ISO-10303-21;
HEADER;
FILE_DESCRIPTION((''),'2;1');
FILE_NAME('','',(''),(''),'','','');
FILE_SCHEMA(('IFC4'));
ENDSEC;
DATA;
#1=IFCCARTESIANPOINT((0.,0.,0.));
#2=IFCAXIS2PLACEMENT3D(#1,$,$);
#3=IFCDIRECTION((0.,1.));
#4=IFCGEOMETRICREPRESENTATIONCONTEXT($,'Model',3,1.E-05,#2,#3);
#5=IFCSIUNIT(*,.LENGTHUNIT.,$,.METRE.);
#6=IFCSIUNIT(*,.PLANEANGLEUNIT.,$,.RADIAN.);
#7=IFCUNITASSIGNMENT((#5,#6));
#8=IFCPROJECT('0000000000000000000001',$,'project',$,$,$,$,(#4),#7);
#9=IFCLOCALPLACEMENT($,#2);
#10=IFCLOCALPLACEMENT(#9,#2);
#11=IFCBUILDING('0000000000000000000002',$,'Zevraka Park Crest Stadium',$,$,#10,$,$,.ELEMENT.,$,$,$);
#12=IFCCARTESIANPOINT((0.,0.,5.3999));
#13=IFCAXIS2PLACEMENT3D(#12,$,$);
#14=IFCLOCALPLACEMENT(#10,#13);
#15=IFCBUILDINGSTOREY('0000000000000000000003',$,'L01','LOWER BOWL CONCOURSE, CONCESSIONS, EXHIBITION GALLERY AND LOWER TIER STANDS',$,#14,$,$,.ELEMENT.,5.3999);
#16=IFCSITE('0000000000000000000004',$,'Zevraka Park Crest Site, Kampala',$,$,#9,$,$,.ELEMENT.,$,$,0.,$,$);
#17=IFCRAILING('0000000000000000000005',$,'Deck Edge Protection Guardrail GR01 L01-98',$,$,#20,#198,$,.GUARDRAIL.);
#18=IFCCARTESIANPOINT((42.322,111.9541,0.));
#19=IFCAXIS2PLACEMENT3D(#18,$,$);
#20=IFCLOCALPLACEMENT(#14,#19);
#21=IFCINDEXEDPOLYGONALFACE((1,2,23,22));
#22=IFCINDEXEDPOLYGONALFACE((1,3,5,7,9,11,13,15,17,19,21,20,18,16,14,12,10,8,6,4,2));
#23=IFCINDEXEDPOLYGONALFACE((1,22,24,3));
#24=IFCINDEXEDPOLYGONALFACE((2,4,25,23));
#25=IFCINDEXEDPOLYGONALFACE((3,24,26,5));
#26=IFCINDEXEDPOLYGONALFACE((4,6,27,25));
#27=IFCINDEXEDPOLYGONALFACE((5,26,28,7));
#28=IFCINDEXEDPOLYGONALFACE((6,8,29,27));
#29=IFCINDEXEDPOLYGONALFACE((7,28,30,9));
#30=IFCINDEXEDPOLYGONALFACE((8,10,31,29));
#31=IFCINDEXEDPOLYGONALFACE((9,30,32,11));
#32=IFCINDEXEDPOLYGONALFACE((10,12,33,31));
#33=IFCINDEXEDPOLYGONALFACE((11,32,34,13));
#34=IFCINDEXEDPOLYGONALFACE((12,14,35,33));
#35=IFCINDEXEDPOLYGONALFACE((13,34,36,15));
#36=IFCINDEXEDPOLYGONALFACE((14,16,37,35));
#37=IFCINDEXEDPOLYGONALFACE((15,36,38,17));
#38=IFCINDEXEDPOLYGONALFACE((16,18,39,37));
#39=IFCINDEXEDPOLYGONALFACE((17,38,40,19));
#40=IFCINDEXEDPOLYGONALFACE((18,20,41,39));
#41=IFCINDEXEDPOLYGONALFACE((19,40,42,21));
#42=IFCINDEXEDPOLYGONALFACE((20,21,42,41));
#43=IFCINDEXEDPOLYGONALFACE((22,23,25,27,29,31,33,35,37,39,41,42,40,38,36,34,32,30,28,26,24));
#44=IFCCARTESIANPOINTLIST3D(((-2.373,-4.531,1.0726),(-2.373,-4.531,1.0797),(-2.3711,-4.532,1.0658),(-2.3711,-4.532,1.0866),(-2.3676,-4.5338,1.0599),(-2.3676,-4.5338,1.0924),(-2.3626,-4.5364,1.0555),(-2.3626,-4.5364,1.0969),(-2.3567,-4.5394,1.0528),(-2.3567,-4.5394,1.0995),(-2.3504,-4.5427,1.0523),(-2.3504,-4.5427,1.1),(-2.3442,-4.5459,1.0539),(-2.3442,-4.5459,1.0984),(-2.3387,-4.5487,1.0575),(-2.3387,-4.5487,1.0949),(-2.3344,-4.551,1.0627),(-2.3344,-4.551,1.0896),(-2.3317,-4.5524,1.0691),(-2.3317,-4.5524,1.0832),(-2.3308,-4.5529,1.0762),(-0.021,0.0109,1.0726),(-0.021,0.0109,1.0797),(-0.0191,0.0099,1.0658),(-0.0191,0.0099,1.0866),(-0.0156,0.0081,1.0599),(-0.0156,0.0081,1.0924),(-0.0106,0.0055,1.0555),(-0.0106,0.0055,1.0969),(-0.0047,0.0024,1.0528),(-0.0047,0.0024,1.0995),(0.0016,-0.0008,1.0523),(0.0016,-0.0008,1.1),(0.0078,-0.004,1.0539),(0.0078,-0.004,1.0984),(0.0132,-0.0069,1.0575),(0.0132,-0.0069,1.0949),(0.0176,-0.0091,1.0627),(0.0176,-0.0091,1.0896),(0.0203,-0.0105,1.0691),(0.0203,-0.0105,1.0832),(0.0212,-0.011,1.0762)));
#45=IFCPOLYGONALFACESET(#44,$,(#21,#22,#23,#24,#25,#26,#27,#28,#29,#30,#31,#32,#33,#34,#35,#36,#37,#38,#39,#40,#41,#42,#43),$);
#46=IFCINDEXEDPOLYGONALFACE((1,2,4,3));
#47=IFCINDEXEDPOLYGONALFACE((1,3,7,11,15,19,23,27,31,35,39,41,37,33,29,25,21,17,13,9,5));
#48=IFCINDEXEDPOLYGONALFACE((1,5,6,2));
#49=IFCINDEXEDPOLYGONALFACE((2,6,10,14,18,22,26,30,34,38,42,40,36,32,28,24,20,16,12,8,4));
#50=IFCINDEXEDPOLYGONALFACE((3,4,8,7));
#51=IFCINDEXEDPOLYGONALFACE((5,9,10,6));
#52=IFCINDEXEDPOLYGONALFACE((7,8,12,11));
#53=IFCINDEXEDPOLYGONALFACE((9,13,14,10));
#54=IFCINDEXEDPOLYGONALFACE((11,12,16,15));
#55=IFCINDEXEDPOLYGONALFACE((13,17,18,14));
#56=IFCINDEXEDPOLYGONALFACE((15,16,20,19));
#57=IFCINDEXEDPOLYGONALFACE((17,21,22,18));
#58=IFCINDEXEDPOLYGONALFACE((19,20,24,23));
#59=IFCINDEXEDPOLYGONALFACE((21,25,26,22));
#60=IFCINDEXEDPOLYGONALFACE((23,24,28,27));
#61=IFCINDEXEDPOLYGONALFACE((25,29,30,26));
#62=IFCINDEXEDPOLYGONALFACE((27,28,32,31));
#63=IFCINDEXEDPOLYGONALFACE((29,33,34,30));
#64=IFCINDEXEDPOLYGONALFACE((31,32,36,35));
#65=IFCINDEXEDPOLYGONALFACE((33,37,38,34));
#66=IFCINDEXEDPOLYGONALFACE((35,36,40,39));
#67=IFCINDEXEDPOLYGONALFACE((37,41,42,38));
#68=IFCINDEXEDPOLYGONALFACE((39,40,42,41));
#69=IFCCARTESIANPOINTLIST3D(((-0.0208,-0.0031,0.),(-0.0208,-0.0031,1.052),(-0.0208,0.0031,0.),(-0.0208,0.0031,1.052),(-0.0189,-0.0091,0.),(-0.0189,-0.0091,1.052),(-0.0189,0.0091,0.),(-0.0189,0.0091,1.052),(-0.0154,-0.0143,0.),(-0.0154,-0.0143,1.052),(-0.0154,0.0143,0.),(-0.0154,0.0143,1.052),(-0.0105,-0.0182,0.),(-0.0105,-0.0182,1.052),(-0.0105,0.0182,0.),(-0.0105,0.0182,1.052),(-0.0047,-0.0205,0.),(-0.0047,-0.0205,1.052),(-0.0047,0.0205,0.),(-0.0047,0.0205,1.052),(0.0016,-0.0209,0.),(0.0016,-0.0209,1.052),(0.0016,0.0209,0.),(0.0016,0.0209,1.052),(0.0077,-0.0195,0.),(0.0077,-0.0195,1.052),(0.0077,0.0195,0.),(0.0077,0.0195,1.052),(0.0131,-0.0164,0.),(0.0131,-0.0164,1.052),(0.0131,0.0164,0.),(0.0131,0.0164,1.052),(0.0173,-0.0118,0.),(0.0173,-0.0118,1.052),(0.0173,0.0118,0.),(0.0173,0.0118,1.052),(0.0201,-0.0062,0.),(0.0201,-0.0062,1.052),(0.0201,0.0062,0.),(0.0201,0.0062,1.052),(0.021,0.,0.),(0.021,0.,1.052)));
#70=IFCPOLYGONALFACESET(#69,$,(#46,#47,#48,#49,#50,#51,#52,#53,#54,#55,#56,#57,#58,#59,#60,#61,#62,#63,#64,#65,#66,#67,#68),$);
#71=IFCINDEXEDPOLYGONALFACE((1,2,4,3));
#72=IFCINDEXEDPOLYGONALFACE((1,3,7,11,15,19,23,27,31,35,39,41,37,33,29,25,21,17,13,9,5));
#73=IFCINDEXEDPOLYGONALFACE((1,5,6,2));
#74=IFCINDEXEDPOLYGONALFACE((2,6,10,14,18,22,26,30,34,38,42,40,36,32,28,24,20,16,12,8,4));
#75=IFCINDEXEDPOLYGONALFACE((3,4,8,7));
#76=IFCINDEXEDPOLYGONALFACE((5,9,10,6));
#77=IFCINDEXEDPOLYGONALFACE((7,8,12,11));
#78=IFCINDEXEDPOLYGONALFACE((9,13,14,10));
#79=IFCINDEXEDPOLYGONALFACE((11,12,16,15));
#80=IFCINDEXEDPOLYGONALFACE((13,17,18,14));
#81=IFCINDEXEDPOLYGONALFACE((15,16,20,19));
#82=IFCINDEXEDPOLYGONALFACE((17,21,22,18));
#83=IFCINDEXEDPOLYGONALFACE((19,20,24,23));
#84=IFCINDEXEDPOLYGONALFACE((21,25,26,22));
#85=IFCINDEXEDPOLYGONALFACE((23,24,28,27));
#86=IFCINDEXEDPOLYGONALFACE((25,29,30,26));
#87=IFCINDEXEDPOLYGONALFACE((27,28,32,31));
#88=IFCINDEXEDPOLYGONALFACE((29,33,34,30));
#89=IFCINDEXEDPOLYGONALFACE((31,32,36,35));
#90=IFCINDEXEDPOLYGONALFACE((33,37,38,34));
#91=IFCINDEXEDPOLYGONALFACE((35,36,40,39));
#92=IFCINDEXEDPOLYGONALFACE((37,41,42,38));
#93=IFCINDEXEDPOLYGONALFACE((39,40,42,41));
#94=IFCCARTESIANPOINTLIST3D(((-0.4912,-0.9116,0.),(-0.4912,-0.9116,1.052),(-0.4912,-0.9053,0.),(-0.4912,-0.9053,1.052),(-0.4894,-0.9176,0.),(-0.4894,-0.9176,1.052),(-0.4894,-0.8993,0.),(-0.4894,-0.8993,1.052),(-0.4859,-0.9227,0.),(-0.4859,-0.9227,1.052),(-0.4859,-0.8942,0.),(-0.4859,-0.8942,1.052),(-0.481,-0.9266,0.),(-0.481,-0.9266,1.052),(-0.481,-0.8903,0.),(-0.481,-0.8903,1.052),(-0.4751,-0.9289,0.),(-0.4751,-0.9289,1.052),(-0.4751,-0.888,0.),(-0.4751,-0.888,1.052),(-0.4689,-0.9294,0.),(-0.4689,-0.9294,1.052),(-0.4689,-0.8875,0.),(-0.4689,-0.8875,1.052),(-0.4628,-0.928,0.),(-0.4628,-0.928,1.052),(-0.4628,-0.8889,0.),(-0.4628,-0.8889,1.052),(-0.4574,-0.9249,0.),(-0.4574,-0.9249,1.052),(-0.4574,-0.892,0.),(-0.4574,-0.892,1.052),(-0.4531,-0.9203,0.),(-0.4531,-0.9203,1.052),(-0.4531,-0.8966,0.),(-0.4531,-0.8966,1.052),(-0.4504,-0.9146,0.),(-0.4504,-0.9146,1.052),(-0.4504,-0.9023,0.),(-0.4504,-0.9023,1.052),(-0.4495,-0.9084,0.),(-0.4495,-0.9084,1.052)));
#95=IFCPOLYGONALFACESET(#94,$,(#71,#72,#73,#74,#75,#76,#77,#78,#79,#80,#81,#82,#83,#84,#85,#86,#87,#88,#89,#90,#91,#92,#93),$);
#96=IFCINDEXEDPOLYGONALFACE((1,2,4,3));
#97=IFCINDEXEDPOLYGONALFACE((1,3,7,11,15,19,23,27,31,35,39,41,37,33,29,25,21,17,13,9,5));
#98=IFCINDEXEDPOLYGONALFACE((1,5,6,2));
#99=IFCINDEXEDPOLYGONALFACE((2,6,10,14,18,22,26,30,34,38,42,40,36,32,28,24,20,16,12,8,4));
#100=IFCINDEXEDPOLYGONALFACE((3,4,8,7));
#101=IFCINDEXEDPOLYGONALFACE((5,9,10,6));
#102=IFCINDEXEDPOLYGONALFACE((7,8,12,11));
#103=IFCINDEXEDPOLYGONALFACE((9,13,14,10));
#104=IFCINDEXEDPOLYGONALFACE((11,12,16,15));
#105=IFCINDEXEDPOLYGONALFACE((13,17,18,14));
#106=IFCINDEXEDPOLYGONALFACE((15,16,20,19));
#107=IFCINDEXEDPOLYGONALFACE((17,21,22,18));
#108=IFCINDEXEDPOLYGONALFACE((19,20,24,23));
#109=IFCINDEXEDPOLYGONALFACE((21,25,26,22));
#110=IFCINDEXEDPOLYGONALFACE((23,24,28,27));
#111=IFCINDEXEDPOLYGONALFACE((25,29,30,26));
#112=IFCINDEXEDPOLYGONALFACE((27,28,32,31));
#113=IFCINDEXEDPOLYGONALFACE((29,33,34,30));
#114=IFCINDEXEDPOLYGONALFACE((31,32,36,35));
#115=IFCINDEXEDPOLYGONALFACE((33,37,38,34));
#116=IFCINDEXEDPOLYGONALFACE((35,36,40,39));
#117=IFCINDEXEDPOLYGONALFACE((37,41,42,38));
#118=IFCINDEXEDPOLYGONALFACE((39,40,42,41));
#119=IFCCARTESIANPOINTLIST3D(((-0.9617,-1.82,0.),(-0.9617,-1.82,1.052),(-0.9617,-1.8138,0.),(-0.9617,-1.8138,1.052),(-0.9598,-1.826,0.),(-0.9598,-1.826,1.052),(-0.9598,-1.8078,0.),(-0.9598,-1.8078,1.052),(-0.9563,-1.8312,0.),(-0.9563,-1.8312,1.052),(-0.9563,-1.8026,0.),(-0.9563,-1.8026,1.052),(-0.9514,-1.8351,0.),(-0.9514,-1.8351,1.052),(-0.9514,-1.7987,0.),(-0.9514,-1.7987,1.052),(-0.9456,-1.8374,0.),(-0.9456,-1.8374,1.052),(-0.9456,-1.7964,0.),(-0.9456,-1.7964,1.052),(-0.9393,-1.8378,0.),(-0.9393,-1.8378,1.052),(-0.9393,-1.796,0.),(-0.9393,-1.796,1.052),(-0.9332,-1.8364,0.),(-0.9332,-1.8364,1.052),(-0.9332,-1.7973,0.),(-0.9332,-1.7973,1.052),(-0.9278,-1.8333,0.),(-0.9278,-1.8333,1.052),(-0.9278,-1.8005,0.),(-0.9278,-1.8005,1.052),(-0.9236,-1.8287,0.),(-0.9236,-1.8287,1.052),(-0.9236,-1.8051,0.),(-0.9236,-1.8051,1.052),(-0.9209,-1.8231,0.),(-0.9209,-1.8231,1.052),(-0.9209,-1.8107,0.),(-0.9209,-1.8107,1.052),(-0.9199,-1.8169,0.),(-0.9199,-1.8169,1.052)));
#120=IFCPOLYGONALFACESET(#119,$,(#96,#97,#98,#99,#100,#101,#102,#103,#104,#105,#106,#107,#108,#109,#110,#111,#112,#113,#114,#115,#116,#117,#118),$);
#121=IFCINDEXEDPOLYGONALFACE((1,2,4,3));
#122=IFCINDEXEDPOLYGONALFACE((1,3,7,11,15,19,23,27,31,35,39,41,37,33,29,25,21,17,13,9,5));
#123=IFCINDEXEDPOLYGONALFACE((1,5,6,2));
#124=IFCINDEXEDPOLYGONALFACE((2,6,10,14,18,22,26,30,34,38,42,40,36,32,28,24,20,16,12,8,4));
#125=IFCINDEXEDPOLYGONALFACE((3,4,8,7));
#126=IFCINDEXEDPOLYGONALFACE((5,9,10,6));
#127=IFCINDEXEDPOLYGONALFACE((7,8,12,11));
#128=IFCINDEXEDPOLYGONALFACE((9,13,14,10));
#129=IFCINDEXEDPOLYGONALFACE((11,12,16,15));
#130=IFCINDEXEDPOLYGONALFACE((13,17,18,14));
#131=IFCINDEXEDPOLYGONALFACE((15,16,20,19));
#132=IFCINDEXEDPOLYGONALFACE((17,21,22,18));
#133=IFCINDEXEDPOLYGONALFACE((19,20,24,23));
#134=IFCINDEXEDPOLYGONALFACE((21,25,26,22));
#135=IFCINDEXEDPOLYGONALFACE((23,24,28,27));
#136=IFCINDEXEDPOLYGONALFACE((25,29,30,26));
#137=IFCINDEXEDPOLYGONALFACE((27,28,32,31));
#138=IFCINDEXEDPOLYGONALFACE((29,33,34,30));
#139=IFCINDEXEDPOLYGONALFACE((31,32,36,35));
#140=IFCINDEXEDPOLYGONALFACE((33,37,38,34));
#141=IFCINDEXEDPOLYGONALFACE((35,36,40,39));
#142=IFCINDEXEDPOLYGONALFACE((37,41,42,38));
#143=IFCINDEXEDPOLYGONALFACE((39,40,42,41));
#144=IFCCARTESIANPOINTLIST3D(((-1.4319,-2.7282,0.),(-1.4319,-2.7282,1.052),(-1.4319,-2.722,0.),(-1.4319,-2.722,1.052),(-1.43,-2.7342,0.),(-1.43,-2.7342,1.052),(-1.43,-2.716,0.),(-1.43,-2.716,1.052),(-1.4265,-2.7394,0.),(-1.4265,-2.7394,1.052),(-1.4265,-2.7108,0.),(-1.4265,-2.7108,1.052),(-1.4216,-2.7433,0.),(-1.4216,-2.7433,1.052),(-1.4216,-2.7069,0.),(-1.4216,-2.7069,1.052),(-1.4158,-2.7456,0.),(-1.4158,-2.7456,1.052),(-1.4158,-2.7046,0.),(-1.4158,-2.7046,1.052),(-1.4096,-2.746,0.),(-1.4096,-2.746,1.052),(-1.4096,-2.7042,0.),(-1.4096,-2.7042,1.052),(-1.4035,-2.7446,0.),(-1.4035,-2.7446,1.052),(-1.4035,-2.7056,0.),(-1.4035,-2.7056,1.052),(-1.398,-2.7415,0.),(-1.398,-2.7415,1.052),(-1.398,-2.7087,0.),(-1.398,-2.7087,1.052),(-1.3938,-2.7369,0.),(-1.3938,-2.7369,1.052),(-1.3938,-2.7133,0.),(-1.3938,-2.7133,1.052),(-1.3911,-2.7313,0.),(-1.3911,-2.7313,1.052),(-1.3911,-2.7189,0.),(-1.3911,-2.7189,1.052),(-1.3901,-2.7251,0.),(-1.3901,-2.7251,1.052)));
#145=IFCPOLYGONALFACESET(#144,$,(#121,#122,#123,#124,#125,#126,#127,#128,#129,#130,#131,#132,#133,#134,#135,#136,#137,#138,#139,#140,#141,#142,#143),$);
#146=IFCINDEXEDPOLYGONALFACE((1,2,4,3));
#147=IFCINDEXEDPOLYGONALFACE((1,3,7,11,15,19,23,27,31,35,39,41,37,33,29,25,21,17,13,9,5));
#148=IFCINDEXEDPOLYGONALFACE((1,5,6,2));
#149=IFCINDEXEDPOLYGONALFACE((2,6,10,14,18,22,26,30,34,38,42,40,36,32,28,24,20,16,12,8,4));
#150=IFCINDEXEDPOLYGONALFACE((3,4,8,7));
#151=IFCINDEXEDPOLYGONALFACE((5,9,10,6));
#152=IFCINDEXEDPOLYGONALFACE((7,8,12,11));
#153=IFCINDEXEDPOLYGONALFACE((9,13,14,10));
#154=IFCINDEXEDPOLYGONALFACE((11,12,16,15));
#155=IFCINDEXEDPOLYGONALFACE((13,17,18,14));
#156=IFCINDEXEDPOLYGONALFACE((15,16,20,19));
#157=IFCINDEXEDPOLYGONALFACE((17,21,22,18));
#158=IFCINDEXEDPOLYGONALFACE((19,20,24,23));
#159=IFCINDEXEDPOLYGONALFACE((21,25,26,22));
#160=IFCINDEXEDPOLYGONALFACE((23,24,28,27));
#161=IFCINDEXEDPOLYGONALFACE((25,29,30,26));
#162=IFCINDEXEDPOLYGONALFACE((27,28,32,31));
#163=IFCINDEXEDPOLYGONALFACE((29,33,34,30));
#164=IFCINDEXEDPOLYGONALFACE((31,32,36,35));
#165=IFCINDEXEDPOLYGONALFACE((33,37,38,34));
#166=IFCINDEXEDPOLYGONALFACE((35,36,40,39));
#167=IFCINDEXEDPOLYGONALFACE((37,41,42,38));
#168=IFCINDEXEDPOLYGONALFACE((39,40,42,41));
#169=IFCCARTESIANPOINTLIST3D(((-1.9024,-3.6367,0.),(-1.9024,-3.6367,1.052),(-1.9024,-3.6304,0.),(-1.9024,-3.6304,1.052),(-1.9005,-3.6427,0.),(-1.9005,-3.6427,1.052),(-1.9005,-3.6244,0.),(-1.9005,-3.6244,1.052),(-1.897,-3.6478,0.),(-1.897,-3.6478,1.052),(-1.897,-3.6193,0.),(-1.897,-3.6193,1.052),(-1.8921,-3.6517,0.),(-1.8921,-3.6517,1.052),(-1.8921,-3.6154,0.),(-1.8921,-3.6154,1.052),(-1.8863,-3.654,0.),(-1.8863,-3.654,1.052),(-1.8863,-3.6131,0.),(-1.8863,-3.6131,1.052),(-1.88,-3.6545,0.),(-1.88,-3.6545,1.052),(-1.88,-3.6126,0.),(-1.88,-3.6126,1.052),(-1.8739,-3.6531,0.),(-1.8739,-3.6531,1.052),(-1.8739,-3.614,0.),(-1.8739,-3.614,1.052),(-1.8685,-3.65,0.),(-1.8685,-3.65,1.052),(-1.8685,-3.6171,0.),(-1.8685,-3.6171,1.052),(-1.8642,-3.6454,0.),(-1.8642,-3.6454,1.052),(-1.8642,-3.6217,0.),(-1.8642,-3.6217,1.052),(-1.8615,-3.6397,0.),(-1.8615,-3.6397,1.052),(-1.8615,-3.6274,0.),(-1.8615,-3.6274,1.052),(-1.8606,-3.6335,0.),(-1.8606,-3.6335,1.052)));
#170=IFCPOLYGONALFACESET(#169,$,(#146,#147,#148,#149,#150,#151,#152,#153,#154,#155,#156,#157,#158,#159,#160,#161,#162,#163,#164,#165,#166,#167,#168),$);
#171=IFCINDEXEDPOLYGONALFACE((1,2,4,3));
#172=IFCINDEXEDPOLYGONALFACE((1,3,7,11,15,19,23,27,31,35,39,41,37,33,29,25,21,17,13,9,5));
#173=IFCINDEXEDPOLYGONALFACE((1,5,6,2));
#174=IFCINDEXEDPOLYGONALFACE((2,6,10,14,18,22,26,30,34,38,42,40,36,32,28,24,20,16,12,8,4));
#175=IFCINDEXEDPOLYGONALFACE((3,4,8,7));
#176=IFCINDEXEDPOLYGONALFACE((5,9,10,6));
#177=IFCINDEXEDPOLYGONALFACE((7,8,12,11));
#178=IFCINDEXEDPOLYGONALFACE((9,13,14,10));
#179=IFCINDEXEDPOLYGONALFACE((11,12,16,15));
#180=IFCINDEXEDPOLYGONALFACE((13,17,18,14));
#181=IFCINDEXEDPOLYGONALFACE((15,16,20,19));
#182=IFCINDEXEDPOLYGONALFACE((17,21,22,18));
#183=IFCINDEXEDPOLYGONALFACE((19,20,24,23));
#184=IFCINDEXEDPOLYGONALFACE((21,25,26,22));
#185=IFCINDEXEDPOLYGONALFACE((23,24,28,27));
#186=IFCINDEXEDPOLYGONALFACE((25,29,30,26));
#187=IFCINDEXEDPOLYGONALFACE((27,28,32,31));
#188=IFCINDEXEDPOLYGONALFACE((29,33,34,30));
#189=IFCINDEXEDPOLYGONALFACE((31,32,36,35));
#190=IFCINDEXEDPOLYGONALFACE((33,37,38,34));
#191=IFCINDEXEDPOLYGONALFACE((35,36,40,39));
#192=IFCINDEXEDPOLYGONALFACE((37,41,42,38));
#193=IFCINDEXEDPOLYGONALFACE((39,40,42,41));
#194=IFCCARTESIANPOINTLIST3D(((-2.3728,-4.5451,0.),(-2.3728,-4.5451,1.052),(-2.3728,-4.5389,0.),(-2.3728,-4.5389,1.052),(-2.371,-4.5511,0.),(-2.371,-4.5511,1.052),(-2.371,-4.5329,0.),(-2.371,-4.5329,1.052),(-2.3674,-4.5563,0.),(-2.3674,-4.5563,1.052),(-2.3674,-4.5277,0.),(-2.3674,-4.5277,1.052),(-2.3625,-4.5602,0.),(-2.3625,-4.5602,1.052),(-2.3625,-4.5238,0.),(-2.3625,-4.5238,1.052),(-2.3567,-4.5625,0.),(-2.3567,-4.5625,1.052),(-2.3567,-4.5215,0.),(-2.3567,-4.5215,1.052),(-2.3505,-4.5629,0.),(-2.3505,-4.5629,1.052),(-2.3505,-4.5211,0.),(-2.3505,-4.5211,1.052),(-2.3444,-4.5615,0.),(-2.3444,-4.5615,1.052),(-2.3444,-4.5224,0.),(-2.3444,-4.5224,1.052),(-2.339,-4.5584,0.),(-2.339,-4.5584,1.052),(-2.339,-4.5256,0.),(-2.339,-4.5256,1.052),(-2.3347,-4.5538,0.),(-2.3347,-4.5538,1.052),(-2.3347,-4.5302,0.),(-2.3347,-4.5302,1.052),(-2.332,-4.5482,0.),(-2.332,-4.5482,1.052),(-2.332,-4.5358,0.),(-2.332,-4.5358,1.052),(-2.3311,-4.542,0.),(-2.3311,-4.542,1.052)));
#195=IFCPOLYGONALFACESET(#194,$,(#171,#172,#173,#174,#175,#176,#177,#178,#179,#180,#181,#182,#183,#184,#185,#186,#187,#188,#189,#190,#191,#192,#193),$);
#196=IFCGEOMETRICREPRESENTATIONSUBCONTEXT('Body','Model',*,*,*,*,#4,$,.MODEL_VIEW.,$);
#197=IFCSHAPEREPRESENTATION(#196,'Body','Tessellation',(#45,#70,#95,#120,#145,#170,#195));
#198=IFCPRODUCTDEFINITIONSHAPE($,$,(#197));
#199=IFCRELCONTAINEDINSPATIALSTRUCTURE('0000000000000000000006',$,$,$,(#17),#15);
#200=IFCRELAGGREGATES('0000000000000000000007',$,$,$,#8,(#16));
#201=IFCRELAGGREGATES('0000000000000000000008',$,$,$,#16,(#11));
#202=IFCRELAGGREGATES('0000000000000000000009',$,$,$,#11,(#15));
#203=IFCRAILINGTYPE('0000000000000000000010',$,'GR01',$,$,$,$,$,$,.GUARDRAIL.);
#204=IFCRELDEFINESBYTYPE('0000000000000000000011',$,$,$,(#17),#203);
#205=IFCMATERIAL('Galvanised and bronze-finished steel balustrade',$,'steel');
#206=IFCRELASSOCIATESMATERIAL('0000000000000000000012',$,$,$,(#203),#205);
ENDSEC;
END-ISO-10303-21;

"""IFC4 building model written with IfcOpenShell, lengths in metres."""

from ifc_helpers import new_model, si_unit, direction, frame, origin, origin_2d, place, context, subcontext, project, spatial, circle, extrude, material, type_object, element, save


model = new_model("IFC4")

# Units and contexts
model_context = context("Model", 3, precision=1e-05, world=origin(), true_north=direction((0.0, 1.0)))
body_context = subcontext(model_context, "Body", "Model", "MODEL_VIEW")
ifc_project = project(units=[si_unit("LENGTHUNIT", "METRE"), si_unit("PLANEANGLEUNIT", "RADIAN")], contexts=[model_context])

# Site, building, storey
site_placement = place(None, origin())
site = spatial("IfcSite", under=ifc_project, at=site_placement, Name="Zevraka Park Crest Site, Kampala", CompositionType="ELEMENT", RefElevation=0.0)
building_placement = place(site_placement, origin())
building = spatial("IfcBuilding", under=site, at=building_placement, Name="Zevraka Park Crest Stadium", CompositionType="ELEMENT")
storey_placement = place(building_placement, frame((0.0, 0.0, 5.3999)))
storey = spatial("IfcBuildingStorey", under=building, at=storey_placement, Name="L01", Description="LOWER BOWL CONCOURSE, CONCESSIONS, EXHIBITION GALLERY AND LOWER TIER STANDS", CompositionType="ELEMENT", Elevation=5.3999)

# Railing
ifc_material_1 = material(Name="Galvanised and bronze-finished steel balustrade", Category="steel")
railing_type_1 = type_object("IfcRailingType", Name="GR01", PredefinedType="GUARDRAIL", material=ifc_material_1)
railing_1_placement = place(storey_placement, frame((42.322, 111.9541, 0.0)))
element("IfcRailing", 1, at=railing_1_placement, inside=storey, type_object=railing_type_1, Name="Deck Edge Protection Guardrail GR01 L01-98", PredefinedType="GUARDRAIL", context=body_context, shape_type="SweptSolid", body=[
    extrude(circle(Radius=0.0239, at=origin_2d()), frame((0.0, 0.0, 1.0762), z_axis=(-0.459846, -0.887999, 0.0), x_axis=(0.887999, -0.459846, 0.0)), (0.0, 0.0, 1.0), 5.1147),
    extrude(circle(Radius=0.021, at=origin_2d()), origin(), (0.0, 0.0, 1.0), 1.052),
    extrude(circle(Radius=0.021, at=origin_2d()), frame((-0.4705, -0.9084, 0.0)), (0.0, 0.0, 1.0), 1.052),
    extrude(circle(Radius=0.021, at=origin_2d()), frame((-0.9409, -1.8169, 0.0)), (0.0, 0.0, 1.0), 1.052),
    extrude(circle(Radius=0.021, at=origin_2d()), frame((-1.4111, -2.7251, 0.0)), (0.0, 0.0, 1.0), 1.052),
    extrude(circle(Radius=0.021, at=origin_2d()), frame((-1.8816, -3.6335, 0.0)), (0.0, 0.0, 1.0), 1.052),
    extrude(circle(Radius=0.021, at=origin_2d()), frame((-2.3521, -4.542, 0.0)), (0.0, 0.0, 1.0), 1.052),
])

save(model, "model.ifc")
